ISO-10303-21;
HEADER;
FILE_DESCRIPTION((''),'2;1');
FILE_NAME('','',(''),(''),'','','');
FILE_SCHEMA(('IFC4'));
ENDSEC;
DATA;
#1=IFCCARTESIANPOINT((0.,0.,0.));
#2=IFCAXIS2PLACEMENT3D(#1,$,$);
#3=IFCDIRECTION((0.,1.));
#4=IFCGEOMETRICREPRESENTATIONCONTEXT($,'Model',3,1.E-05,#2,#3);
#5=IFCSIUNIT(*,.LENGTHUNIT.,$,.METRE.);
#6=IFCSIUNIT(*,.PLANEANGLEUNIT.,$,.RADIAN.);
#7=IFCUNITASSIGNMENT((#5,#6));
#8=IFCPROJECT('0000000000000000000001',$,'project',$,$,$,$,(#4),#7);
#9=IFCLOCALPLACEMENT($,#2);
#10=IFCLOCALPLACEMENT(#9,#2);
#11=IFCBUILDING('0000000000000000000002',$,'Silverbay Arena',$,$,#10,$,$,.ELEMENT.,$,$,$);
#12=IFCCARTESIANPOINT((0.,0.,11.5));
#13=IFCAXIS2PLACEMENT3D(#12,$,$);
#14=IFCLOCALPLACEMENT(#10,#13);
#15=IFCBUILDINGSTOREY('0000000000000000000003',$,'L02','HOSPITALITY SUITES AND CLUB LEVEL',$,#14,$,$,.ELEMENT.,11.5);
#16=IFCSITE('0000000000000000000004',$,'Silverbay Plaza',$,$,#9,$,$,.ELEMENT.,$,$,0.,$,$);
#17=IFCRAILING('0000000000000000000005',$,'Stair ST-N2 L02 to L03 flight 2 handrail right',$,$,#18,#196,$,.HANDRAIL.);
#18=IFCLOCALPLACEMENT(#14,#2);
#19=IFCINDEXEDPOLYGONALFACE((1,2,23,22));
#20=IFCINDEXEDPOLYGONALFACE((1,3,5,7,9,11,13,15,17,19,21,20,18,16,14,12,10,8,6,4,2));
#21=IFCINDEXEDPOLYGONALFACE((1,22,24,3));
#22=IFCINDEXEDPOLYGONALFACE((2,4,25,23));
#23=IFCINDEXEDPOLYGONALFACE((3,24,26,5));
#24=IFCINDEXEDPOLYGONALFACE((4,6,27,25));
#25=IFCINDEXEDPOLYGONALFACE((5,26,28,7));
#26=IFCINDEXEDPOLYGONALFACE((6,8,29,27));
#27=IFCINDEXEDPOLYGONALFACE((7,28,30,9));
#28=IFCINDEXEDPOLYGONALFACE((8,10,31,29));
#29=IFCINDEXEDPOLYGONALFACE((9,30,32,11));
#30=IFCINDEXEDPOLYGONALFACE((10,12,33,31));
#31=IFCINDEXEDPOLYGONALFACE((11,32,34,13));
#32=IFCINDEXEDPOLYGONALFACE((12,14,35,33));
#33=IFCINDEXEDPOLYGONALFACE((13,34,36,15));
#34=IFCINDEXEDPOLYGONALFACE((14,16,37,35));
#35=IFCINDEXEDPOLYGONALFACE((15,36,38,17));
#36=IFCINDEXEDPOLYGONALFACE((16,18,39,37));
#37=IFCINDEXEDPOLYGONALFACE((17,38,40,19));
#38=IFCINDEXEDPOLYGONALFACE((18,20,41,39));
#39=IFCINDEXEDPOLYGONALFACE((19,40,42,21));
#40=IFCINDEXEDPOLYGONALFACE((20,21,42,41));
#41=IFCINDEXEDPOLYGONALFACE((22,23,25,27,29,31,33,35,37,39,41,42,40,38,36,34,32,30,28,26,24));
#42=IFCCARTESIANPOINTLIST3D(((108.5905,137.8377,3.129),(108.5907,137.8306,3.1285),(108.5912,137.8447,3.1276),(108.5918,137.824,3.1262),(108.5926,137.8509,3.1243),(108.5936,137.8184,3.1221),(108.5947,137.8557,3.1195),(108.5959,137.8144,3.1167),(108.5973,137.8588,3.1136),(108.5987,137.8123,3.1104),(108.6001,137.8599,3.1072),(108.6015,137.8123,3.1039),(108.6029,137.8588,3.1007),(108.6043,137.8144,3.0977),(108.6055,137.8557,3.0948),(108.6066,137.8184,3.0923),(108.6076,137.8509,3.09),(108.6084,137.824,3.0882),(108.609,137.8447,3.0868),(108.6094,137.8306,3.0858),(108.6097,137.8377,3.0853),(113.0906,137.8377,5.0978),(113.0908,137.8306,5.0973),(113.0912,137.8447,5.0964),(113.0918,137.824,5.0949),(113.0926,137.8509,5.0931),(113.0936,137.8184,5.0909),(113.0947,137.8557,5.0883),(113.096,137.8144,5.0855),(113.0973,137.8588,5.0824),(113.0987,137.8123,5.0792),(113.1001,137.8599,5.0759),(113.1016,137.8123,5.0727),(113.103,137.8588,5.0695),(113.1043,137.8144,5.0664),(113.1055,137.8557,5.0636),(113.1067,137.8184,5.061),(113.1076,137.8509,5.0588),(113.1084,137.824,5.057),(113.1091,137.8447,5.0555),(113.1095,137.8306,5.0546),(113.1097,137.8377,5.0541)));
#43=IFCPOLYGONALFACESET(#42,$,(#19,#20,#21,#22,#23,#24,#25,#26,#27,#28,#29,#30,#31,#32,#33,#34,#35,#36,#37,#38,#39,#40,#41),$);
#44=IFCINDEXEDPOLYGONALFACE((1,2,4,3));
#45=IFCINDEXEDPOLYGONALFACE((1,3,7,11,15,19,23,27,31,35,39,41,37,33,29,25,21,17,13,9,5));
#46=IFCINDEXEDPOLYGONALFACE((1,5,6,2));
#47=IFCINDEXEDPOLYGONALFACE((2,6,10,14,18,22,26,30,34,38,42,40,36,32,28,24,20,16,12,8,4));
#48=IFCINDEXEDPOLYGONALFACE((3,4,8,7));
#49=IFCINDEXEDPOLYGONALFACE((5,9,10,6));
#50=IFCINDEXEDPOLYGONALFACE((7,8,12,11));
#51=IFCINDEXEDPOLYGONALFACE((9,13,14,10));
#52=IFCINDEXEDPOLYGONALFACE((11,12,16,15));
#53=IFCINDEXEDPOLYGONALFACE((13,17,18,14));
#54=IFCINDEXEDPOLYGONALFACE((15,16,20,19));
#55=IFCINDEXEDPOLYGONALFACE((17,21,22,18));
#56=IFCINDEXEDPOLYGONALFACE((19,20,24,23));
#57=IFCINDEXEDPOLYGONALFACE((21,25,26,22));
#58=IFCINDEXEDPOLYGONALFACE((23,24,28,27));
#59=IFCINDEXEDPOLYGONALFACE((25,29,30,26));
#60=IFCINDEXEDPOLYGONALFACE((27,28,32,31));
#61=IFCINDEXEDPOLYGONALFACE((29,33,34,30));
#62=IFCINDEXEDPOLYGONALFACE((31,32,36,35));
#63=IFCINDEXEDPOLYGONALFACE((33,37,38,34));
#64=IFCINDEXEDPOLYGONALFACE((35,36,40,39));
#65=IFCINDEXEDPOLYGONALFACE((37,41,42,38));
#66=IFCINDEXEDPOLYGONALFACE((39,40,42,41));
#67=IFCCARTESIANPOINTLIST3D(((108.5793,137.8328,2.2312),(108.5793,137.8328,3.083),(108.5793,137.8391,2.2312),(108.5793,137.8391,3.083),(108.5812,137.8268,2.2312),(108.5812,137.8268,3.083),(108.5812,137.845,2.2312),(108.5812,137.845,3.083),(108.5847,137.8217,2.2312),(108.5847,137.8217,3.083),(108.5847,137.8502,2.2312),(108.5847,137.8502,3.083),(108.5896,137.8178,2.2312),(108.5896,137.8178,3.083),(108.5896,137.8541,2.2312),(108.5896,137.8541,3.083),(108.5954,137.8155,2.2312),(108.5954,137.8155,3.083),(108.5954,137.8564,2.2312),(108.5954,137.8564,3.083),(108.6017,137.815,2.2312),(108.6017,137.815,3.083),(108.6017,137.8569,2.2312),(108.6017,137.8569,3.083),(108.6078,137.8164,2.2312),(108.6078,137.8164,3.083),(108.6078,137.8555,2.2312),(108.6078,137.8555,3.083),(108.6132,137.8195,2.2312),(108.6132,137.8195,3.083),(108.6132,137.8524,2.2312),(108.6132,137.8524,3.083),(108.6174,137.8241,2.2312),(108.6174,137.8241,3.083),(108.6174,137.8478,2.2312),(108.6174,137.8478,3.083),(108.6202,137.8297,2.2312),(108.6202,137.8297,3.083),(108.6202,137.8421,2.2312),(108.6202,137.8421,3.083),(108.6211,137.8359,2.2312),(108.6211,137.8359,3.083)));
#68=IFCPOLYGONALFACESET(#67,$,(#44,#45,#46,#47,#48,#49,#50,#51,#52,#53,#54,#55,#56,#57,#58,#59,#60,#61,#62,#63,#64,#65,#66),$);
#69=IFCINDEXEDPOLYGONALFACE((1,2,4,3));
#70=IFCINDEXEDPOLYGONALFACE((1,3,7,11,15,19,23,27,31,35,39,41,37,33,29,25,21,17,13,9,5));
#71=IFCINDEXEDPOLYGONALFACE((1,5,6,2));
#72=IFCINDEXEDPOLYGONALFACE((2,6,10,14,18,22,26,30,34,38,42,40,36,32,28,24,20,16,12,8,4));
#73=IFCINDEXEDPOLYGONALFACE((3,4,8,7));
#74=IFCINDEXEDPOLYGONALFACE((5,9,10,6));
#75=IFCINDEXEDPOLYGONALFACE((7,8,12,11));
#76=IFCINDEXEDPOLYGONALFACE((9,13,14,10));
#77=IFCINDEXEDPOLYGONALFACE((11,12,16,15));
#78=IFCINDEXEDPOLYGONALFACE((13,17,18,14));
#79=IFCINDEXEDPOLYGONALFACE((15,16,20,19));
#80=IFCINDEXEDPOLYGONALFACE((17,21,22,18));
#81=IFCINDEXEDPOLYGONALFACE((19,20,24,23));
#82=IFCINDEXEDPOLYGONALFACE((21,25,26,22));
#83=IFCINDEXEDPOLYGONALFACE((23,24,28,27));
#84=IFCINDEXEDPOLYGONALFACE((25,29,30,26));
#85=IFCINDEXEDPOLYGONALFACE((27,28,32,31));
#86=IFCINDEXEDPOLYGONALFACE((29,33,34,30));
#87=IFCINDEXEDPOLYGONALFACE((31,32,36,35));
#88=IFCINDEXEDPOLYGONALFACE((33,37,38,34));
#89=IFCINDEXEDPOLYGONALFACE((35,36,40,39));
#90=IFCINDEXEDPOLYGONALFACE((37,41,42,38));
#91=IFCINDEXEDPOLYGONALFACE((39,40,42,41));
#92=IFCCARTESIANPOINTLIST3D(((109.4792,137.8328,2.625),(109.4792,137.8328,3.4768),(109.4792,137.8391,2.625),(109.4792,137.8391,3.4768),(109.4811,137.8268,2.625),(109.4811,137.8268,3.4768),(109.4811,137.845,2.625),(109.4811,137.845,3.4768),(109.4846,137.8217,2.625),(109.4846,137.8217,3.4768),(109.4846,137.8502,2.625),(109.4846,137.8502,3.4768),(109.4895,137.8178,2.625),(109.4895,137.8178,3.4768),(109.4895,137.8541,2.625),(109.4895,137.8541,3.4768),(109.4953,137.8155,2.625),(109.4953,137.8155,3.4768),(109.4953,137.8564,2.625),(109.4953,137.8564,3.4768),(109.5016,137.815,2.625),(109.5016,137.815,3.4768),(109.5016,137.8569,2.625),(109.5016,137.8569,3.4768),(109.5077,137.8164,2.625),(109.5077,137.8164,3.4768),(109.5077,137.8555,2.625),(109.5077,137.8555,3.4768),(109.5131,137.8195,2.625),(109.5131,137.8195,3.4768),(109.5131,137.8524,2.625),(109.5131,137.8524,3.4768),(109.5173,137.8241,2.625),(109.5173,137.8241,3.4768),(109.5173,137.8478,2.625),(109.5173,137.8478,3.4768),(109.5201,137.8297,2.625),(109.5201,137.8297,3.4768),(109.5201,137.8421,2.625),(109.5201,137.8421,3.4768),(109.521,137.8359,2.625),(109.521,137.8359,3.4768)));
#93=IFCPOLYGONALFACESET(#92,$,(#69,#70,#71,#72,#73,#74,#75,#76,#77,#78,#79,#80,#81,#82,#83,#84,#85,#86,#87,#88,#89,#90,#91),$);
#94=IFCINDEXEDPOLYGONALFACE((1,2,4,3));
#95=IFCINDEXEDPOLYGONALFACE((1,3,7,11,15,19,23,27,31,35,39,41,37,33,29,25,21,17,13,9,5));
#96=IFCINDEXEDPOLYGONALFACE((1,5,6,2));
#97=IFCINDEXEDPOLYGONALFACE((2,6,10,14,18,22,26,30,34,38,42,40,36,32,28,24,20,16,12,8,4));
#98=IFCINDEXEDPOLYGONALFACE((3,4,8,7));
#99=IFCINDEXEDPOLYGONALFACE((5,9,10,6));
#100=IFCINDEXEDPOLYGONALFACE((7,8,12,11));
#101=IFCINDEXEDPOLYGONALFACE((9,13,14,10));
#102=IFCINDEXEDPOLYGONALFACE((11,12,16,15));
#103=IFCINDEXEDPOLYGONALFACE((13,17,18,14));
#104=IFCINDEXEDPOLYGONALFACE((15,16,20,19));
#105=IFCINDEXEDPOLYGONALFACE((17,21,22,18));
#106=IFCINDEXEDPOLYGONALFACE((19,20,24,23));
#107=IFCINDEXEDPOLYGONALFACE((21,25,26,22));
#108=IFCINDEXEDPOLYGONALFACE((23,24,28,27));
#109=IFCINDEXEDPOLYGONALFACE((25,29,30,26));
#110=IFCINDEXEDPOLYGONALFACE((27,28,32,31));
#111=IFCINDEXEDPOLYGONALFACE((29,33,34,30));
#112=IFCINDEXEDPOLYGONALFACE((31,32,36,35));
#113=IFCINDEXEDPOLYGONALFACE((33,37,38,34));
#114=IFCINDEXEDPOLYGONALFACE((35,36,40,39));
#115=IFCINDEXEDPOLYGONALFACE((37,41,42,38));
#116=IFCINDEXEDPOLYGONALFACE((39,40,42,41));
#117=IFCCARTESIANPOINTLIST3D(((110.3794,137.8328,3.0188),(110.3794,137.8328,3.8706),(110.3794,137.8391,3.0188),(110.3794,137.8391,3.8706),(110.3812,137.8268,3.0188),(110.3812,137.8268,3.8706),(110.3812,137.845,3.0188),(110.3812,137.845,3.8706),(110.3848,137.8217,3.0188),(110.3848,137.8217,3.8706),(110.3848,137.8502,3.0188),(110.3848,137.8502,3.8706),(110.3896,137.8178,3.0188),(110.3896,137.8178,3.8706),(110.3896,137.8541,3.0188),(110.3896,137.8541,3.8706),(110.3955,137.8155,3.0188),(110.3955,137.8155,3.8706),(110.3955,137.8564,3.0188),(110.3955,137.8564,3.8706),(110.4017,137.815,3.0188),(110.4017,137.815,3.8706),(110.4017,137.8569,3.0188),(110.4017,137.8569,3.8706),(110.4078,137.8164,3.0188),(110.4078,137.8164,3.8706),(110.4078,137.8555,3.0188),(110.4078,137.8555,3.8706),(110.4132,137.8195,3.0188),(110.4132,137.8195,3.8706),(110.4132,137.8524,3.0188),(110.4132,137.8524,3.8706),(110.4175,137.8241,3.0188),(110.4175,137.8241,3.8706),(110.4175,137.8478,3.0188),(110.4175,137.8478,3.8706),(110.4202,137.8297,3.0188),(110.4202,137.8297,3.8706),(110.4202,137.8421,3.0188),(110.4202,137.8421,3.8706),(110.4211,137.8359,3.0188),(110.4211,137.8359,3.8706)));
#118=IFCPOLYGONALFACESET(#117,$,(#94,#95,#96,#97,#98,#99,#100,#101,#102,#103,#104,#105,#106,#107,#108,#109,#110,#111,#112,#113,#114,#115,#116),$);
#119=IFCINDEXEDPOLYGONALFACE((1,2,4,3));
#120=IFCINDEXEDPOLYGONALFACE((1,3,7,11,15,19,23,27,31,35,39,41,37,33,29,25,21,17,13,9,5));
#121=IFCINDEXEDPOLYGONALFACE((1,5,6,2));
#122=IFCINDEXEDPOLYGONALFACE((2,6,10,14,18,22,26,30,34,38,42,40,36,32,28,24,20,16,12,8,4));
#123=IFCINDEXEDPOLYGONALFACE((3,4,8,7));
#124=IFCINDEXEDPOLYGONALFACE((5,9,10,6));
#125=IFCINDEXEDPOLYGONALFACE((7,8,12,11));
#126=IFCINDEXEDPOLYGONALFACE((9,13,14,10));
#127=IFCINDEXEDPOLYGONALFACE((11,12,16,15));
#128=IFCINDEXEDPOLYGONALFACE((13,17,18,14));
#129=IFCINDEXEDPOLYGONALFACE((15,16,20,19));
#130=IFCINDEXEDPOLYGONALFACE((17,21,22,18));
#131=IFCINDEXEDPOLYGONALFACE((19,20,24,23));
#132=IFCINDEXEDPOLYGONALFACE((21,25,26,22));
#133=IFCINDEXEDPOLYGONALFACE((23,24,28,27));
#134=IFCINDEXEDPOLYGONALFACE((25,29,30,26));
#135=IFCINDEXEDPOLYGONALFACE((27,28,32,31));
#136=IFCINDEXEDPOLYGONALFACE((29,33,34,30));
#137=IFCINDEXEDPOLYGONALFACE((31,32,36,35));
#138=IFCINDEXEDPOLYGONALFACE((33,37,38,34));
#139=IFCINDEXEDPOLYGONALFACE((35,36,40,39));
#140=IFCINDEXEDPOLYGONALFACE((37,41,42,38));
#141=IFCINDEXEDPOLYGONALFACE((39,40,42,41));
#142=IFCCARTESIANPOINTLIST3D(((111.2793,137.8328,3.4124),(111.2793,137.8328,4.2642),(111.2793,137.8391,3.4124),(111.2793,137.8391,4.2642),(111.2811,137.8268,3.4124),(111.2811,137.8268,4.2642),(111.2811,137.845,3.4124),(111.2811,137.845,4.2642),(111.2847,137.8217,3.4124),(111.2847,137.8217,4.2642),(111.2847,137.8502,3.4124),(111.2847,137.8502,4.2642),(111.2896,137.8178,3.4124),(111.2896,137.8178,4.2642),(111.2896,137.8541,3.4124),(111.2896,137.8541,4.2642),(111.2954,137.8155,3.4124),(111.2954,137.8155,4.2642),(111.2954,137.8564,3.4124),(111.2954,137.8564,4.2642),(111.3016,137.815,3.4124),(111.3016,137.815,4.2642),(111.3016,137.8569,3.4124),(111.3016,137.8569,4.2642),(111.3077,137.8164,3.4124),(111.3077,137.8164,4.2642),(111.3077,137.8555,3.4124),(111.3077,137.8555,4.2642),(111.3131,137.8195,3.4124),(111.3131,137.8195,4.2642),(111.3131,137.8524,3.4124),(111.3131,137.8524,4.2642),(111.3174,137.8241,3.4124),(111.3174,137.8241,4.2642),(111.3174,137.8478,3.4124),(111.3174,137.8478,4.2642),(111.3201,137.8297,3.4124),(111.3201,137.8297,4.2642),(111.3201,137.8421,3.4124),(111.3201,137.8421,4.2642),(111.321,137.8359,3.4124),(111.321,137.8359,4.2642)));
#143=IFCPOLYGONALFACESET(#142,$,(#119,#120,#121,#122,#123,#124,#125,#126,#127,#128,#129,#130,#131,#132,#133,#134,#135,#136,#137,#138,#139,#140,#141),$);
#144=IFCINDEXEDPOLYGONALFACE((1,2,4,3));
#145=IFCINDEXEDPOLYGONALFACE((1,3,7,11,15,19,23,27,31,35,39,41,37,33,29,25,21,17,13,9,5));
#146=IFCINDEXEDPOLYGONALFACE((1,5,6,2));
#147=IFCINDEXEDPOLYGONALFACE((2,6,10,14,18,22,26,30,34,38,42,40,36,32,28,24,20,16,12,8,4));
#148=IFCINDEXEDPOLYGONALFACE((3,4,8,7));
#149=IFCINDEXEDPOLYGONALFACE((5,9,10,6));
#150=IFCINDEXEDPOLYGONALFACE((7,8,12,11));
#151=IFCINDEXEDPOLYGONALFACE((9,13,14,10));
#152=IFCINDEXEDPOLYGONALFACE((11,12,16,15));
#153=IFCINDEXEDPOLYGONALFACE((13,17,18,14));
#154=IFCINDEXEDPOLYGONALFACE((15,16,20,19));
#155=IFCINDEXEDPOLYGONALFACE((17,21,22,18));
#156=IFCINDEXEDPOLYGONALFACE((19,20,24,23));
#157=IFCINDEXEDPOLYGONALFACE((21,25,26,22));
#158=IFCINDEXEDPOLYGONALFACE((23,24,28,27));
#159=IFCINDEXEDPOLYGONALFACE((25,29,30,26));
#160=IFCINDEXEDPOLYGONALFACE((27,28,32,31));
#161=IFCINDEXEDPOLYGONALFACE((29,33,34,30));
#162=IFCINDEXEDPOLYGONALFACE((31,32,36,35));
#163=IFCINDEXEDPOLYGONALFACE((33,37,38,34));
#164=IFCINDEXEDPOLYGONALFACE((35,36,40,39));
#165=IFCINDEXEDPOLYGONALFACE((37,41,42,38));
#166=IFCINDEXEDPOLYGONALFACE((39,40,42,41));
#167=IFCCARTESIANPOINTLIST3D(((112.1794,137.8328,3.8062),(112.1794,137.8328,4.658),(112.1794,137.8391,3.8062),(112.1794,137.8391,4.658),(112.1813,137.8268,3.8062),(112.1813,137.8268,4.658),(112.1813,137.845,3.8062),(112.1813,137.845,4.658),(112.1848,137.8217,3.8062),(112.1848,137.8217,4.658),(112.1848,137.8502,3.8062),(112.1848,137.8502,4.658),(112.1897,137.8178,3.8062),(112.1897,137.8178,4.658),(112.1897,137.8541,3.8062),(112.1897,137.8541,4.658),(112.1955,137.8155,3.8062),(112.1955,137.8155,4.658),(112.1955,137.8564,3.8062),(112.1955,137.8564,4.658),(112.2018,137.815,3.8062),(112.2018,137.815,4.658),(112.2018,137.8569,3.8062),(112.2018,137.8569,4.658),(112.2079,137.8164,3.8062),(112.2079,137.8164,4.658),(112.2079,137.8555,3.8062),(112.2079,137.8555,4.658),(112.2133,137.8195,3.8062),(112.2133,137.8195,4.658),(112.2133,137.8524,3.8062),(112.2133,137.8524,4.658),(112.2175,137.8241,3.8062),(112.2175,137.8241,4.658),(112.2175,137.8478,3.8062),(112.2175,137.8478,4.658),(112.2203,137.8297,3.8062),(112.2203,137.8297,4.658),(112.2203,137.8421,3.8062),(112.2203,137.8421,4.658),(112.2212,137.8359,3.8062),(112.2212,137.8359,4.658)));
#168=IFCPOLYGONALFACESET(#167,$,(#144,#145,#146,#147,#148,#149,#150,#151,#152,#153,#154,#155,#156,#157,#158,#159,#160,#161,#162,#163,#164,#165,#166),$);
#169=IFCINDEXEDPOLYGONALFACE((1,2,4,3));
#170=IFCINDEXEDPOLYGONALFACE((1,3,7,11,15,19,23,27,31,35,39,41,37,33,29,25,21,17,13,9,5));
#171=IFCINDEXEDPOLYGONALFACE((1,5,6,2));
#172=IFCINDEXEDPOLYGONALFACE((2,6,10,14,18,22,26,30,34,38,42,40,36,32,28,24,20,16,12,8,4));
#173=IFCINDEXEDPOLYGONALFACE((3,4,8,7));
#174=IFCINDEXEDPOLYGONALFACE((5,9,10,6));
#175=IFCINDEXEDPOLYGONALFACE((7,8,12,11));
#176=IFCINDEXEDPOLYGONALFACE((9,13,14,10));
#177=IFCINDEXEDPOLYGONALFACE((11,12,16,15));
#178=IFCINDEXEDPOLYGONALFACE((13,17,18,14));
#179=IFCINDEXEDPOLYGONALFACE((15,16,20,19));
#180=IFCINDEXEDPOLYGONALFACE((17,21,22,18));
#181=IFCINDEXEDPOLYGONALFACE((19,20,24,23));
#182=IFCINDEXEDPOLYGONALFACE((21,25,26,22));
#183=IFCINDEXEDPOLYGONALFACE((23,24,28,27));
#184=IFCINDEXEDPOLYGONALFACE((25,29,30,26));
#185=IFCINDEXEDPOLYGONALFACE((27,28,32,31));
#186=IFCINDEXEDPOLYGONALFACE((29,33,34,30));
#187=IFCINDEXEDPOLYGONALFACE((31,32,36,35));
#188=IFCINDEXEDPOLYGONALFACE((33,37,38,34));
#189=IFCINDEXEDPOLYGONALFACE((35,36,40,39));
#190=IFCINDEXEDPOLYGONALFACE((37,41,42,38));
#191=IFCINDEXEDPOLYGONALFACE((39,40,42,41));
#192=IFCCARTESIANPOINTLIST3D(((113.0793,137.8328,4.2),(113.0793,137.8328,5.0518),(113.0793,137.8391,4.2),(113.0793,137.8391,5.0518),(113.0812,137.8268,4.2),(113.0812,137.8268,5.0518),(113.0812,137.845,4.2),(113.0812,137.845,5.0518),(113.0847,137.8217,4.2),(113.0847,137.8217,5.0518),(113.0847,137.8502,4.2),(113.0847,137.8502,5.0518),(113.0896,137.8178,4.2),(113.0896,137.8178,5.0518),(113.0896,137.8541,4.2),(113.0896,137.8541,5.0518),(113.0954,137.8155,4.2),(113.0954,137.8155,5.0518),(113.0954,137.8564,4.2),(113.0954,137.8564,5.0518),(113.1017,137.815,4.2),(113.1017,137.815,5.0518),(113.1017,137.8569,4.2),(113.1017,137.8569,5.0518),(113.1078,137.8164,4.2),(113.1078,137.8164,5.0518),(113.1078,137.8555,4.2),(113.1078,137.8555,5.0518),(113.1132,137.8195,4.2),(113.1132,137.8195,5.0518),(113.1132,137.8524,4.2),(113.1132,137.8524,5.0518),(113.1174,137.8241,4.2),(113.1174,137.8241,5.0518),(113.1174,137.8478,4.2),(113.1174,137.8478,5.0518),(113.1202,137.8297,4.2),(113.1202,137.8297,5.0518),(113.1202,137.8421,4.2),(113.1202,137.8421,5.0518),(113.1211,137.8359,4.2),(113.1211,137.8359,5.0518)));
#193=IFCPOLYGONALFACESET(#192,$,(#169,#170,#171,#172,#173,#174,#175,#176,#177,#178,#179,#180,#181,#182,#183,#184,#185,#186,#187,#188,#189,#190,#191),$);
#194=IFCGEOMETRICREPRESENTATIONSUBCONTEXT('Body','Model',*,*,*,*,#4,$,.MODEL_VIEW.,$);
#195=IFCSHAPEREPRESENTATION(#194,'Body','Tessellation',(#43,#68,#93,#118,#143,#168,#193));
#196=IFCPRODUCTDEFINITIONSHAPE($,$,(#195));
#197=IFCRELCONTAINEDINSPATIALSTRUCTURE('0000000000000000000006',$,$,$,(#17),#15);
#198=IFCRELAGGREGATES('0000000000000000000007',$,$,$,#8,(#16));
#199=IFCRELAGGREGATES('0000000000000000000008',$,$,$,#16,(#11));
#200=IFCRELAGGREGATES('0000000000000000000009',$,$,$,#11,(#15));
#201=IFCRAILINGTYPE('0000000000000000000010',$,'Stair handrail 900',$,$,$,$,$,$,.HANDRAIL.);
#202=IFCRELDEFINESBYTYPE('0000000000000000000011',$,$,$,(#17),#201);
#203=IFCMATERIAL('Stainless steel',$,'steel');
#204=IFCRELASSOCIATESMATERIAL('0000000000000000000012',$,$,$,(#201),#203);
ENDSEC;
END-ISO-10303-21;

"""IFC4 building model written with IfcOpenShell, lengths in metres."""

from ifc_helpers import new_model, si_unit, direction, frame, origin, origin_2d, place, context, subcontext, project, spatial, circle, extrude, material, type_object, element, save


model = new_model("IFC4")

# Units and contexts
model_context = context("Model", 3, precision=1e-05, world=origin(), true_north=direction((0.0, 1.0)))
body_context = subcontext(model_context, "Body", "Model", "MODEL_VIEW")
ifc_project = project(units=[si_unit("LENGTHUNIT", "METRE"), si_unit("PLANEANGLEUNIT", "RADIAN")], contexts=[model_context])

# Site, building, storey
site_placement = place(None, origin())
site = spatial("IfcSite", under=ifc_project, at=site_placement, Name="Silverbay Plaza", CompositionType="ELEMENT", RefElevation=0.0)
building_placement = place(site_placement, origin())
building = spatial("IfcBuilding", under=site, at=building_placement, Name="Silverbay Arena", CompositionType="ELEMENT")
storey_placement = place(building_placement, frame((0.0, 0.0, 11.5)))
storey = spatial("IfcBuildingStorey", under=building, at=storey_placement, Name="L02", Description="HOSPITALITY SUITES AND CLUB LEVEL", CompositionType="ELEMENT", Elevation=11.5)

# Railing
ifc_material_1 = material(Name="Stainless steel", Category="steel")
railing_type_1 = type_object("IfcRailingType", Name="Stair handrail 900", PredefinedType="HANDRAIL", material=ifc_material_1)
for number, where, name in (
    (1, (108.6001, 137.8359, 2.2312), "Stair ST-N2 L02 to L03 flight 2 handrail right"),
):
    element("IfcRailing", number, at=place(storey_placement, frame(where)), inside=storey, type_object=railing_type_1, Name=name, PredefinedType="HANDRAIL", context=body_context, shape_type="SweptSolid", body=[
        extrude(circle(Radius=0.0239, at=origin_2d()), frame((0.0, 0.0, 0.876), z_axis=(0.916157, 0.0, 0.400819), x_axis=(0.0, 1.0, 0.0)), (0.0, 0.0, 1.0), 4.9119),
        extrude(circle(Radius=0.021, at=origin_2d()), origin(), (0.0, 0.0, 1.0), 0.8518),
        extrude(circle(Radius=0.021, at=origin_2d()), frame((0.8999, 0.0, 0.3938)), (0.0, 0.0, 1.0), 0.8518),
        extrude(circle(Radius=0.021, at=origin_2d()), frame((1.8, 0.0, 0.7876)), (0.0, 0.0, 1.0), 0.8518),
        extrude(circle(Radius=0.021, at=origin_2d()), frame((2.7, 0.0, 1.1812)), (0.0, 0.0, 1.0), 0.8518),
        extrude(circle(Radius=0.021, at=origin_2d()), frame((3.6001, 0.0, 1.575)), (0.0, 0.0, 1.0), 0.8518),
        extrude(circle(Radius=0.021, at=origin_2d()), frame((4.5, 0.0, 1.9688)), (0.0, 0.0, 1.0), 0.8518),
    ])

save(model, "model.ifc")
